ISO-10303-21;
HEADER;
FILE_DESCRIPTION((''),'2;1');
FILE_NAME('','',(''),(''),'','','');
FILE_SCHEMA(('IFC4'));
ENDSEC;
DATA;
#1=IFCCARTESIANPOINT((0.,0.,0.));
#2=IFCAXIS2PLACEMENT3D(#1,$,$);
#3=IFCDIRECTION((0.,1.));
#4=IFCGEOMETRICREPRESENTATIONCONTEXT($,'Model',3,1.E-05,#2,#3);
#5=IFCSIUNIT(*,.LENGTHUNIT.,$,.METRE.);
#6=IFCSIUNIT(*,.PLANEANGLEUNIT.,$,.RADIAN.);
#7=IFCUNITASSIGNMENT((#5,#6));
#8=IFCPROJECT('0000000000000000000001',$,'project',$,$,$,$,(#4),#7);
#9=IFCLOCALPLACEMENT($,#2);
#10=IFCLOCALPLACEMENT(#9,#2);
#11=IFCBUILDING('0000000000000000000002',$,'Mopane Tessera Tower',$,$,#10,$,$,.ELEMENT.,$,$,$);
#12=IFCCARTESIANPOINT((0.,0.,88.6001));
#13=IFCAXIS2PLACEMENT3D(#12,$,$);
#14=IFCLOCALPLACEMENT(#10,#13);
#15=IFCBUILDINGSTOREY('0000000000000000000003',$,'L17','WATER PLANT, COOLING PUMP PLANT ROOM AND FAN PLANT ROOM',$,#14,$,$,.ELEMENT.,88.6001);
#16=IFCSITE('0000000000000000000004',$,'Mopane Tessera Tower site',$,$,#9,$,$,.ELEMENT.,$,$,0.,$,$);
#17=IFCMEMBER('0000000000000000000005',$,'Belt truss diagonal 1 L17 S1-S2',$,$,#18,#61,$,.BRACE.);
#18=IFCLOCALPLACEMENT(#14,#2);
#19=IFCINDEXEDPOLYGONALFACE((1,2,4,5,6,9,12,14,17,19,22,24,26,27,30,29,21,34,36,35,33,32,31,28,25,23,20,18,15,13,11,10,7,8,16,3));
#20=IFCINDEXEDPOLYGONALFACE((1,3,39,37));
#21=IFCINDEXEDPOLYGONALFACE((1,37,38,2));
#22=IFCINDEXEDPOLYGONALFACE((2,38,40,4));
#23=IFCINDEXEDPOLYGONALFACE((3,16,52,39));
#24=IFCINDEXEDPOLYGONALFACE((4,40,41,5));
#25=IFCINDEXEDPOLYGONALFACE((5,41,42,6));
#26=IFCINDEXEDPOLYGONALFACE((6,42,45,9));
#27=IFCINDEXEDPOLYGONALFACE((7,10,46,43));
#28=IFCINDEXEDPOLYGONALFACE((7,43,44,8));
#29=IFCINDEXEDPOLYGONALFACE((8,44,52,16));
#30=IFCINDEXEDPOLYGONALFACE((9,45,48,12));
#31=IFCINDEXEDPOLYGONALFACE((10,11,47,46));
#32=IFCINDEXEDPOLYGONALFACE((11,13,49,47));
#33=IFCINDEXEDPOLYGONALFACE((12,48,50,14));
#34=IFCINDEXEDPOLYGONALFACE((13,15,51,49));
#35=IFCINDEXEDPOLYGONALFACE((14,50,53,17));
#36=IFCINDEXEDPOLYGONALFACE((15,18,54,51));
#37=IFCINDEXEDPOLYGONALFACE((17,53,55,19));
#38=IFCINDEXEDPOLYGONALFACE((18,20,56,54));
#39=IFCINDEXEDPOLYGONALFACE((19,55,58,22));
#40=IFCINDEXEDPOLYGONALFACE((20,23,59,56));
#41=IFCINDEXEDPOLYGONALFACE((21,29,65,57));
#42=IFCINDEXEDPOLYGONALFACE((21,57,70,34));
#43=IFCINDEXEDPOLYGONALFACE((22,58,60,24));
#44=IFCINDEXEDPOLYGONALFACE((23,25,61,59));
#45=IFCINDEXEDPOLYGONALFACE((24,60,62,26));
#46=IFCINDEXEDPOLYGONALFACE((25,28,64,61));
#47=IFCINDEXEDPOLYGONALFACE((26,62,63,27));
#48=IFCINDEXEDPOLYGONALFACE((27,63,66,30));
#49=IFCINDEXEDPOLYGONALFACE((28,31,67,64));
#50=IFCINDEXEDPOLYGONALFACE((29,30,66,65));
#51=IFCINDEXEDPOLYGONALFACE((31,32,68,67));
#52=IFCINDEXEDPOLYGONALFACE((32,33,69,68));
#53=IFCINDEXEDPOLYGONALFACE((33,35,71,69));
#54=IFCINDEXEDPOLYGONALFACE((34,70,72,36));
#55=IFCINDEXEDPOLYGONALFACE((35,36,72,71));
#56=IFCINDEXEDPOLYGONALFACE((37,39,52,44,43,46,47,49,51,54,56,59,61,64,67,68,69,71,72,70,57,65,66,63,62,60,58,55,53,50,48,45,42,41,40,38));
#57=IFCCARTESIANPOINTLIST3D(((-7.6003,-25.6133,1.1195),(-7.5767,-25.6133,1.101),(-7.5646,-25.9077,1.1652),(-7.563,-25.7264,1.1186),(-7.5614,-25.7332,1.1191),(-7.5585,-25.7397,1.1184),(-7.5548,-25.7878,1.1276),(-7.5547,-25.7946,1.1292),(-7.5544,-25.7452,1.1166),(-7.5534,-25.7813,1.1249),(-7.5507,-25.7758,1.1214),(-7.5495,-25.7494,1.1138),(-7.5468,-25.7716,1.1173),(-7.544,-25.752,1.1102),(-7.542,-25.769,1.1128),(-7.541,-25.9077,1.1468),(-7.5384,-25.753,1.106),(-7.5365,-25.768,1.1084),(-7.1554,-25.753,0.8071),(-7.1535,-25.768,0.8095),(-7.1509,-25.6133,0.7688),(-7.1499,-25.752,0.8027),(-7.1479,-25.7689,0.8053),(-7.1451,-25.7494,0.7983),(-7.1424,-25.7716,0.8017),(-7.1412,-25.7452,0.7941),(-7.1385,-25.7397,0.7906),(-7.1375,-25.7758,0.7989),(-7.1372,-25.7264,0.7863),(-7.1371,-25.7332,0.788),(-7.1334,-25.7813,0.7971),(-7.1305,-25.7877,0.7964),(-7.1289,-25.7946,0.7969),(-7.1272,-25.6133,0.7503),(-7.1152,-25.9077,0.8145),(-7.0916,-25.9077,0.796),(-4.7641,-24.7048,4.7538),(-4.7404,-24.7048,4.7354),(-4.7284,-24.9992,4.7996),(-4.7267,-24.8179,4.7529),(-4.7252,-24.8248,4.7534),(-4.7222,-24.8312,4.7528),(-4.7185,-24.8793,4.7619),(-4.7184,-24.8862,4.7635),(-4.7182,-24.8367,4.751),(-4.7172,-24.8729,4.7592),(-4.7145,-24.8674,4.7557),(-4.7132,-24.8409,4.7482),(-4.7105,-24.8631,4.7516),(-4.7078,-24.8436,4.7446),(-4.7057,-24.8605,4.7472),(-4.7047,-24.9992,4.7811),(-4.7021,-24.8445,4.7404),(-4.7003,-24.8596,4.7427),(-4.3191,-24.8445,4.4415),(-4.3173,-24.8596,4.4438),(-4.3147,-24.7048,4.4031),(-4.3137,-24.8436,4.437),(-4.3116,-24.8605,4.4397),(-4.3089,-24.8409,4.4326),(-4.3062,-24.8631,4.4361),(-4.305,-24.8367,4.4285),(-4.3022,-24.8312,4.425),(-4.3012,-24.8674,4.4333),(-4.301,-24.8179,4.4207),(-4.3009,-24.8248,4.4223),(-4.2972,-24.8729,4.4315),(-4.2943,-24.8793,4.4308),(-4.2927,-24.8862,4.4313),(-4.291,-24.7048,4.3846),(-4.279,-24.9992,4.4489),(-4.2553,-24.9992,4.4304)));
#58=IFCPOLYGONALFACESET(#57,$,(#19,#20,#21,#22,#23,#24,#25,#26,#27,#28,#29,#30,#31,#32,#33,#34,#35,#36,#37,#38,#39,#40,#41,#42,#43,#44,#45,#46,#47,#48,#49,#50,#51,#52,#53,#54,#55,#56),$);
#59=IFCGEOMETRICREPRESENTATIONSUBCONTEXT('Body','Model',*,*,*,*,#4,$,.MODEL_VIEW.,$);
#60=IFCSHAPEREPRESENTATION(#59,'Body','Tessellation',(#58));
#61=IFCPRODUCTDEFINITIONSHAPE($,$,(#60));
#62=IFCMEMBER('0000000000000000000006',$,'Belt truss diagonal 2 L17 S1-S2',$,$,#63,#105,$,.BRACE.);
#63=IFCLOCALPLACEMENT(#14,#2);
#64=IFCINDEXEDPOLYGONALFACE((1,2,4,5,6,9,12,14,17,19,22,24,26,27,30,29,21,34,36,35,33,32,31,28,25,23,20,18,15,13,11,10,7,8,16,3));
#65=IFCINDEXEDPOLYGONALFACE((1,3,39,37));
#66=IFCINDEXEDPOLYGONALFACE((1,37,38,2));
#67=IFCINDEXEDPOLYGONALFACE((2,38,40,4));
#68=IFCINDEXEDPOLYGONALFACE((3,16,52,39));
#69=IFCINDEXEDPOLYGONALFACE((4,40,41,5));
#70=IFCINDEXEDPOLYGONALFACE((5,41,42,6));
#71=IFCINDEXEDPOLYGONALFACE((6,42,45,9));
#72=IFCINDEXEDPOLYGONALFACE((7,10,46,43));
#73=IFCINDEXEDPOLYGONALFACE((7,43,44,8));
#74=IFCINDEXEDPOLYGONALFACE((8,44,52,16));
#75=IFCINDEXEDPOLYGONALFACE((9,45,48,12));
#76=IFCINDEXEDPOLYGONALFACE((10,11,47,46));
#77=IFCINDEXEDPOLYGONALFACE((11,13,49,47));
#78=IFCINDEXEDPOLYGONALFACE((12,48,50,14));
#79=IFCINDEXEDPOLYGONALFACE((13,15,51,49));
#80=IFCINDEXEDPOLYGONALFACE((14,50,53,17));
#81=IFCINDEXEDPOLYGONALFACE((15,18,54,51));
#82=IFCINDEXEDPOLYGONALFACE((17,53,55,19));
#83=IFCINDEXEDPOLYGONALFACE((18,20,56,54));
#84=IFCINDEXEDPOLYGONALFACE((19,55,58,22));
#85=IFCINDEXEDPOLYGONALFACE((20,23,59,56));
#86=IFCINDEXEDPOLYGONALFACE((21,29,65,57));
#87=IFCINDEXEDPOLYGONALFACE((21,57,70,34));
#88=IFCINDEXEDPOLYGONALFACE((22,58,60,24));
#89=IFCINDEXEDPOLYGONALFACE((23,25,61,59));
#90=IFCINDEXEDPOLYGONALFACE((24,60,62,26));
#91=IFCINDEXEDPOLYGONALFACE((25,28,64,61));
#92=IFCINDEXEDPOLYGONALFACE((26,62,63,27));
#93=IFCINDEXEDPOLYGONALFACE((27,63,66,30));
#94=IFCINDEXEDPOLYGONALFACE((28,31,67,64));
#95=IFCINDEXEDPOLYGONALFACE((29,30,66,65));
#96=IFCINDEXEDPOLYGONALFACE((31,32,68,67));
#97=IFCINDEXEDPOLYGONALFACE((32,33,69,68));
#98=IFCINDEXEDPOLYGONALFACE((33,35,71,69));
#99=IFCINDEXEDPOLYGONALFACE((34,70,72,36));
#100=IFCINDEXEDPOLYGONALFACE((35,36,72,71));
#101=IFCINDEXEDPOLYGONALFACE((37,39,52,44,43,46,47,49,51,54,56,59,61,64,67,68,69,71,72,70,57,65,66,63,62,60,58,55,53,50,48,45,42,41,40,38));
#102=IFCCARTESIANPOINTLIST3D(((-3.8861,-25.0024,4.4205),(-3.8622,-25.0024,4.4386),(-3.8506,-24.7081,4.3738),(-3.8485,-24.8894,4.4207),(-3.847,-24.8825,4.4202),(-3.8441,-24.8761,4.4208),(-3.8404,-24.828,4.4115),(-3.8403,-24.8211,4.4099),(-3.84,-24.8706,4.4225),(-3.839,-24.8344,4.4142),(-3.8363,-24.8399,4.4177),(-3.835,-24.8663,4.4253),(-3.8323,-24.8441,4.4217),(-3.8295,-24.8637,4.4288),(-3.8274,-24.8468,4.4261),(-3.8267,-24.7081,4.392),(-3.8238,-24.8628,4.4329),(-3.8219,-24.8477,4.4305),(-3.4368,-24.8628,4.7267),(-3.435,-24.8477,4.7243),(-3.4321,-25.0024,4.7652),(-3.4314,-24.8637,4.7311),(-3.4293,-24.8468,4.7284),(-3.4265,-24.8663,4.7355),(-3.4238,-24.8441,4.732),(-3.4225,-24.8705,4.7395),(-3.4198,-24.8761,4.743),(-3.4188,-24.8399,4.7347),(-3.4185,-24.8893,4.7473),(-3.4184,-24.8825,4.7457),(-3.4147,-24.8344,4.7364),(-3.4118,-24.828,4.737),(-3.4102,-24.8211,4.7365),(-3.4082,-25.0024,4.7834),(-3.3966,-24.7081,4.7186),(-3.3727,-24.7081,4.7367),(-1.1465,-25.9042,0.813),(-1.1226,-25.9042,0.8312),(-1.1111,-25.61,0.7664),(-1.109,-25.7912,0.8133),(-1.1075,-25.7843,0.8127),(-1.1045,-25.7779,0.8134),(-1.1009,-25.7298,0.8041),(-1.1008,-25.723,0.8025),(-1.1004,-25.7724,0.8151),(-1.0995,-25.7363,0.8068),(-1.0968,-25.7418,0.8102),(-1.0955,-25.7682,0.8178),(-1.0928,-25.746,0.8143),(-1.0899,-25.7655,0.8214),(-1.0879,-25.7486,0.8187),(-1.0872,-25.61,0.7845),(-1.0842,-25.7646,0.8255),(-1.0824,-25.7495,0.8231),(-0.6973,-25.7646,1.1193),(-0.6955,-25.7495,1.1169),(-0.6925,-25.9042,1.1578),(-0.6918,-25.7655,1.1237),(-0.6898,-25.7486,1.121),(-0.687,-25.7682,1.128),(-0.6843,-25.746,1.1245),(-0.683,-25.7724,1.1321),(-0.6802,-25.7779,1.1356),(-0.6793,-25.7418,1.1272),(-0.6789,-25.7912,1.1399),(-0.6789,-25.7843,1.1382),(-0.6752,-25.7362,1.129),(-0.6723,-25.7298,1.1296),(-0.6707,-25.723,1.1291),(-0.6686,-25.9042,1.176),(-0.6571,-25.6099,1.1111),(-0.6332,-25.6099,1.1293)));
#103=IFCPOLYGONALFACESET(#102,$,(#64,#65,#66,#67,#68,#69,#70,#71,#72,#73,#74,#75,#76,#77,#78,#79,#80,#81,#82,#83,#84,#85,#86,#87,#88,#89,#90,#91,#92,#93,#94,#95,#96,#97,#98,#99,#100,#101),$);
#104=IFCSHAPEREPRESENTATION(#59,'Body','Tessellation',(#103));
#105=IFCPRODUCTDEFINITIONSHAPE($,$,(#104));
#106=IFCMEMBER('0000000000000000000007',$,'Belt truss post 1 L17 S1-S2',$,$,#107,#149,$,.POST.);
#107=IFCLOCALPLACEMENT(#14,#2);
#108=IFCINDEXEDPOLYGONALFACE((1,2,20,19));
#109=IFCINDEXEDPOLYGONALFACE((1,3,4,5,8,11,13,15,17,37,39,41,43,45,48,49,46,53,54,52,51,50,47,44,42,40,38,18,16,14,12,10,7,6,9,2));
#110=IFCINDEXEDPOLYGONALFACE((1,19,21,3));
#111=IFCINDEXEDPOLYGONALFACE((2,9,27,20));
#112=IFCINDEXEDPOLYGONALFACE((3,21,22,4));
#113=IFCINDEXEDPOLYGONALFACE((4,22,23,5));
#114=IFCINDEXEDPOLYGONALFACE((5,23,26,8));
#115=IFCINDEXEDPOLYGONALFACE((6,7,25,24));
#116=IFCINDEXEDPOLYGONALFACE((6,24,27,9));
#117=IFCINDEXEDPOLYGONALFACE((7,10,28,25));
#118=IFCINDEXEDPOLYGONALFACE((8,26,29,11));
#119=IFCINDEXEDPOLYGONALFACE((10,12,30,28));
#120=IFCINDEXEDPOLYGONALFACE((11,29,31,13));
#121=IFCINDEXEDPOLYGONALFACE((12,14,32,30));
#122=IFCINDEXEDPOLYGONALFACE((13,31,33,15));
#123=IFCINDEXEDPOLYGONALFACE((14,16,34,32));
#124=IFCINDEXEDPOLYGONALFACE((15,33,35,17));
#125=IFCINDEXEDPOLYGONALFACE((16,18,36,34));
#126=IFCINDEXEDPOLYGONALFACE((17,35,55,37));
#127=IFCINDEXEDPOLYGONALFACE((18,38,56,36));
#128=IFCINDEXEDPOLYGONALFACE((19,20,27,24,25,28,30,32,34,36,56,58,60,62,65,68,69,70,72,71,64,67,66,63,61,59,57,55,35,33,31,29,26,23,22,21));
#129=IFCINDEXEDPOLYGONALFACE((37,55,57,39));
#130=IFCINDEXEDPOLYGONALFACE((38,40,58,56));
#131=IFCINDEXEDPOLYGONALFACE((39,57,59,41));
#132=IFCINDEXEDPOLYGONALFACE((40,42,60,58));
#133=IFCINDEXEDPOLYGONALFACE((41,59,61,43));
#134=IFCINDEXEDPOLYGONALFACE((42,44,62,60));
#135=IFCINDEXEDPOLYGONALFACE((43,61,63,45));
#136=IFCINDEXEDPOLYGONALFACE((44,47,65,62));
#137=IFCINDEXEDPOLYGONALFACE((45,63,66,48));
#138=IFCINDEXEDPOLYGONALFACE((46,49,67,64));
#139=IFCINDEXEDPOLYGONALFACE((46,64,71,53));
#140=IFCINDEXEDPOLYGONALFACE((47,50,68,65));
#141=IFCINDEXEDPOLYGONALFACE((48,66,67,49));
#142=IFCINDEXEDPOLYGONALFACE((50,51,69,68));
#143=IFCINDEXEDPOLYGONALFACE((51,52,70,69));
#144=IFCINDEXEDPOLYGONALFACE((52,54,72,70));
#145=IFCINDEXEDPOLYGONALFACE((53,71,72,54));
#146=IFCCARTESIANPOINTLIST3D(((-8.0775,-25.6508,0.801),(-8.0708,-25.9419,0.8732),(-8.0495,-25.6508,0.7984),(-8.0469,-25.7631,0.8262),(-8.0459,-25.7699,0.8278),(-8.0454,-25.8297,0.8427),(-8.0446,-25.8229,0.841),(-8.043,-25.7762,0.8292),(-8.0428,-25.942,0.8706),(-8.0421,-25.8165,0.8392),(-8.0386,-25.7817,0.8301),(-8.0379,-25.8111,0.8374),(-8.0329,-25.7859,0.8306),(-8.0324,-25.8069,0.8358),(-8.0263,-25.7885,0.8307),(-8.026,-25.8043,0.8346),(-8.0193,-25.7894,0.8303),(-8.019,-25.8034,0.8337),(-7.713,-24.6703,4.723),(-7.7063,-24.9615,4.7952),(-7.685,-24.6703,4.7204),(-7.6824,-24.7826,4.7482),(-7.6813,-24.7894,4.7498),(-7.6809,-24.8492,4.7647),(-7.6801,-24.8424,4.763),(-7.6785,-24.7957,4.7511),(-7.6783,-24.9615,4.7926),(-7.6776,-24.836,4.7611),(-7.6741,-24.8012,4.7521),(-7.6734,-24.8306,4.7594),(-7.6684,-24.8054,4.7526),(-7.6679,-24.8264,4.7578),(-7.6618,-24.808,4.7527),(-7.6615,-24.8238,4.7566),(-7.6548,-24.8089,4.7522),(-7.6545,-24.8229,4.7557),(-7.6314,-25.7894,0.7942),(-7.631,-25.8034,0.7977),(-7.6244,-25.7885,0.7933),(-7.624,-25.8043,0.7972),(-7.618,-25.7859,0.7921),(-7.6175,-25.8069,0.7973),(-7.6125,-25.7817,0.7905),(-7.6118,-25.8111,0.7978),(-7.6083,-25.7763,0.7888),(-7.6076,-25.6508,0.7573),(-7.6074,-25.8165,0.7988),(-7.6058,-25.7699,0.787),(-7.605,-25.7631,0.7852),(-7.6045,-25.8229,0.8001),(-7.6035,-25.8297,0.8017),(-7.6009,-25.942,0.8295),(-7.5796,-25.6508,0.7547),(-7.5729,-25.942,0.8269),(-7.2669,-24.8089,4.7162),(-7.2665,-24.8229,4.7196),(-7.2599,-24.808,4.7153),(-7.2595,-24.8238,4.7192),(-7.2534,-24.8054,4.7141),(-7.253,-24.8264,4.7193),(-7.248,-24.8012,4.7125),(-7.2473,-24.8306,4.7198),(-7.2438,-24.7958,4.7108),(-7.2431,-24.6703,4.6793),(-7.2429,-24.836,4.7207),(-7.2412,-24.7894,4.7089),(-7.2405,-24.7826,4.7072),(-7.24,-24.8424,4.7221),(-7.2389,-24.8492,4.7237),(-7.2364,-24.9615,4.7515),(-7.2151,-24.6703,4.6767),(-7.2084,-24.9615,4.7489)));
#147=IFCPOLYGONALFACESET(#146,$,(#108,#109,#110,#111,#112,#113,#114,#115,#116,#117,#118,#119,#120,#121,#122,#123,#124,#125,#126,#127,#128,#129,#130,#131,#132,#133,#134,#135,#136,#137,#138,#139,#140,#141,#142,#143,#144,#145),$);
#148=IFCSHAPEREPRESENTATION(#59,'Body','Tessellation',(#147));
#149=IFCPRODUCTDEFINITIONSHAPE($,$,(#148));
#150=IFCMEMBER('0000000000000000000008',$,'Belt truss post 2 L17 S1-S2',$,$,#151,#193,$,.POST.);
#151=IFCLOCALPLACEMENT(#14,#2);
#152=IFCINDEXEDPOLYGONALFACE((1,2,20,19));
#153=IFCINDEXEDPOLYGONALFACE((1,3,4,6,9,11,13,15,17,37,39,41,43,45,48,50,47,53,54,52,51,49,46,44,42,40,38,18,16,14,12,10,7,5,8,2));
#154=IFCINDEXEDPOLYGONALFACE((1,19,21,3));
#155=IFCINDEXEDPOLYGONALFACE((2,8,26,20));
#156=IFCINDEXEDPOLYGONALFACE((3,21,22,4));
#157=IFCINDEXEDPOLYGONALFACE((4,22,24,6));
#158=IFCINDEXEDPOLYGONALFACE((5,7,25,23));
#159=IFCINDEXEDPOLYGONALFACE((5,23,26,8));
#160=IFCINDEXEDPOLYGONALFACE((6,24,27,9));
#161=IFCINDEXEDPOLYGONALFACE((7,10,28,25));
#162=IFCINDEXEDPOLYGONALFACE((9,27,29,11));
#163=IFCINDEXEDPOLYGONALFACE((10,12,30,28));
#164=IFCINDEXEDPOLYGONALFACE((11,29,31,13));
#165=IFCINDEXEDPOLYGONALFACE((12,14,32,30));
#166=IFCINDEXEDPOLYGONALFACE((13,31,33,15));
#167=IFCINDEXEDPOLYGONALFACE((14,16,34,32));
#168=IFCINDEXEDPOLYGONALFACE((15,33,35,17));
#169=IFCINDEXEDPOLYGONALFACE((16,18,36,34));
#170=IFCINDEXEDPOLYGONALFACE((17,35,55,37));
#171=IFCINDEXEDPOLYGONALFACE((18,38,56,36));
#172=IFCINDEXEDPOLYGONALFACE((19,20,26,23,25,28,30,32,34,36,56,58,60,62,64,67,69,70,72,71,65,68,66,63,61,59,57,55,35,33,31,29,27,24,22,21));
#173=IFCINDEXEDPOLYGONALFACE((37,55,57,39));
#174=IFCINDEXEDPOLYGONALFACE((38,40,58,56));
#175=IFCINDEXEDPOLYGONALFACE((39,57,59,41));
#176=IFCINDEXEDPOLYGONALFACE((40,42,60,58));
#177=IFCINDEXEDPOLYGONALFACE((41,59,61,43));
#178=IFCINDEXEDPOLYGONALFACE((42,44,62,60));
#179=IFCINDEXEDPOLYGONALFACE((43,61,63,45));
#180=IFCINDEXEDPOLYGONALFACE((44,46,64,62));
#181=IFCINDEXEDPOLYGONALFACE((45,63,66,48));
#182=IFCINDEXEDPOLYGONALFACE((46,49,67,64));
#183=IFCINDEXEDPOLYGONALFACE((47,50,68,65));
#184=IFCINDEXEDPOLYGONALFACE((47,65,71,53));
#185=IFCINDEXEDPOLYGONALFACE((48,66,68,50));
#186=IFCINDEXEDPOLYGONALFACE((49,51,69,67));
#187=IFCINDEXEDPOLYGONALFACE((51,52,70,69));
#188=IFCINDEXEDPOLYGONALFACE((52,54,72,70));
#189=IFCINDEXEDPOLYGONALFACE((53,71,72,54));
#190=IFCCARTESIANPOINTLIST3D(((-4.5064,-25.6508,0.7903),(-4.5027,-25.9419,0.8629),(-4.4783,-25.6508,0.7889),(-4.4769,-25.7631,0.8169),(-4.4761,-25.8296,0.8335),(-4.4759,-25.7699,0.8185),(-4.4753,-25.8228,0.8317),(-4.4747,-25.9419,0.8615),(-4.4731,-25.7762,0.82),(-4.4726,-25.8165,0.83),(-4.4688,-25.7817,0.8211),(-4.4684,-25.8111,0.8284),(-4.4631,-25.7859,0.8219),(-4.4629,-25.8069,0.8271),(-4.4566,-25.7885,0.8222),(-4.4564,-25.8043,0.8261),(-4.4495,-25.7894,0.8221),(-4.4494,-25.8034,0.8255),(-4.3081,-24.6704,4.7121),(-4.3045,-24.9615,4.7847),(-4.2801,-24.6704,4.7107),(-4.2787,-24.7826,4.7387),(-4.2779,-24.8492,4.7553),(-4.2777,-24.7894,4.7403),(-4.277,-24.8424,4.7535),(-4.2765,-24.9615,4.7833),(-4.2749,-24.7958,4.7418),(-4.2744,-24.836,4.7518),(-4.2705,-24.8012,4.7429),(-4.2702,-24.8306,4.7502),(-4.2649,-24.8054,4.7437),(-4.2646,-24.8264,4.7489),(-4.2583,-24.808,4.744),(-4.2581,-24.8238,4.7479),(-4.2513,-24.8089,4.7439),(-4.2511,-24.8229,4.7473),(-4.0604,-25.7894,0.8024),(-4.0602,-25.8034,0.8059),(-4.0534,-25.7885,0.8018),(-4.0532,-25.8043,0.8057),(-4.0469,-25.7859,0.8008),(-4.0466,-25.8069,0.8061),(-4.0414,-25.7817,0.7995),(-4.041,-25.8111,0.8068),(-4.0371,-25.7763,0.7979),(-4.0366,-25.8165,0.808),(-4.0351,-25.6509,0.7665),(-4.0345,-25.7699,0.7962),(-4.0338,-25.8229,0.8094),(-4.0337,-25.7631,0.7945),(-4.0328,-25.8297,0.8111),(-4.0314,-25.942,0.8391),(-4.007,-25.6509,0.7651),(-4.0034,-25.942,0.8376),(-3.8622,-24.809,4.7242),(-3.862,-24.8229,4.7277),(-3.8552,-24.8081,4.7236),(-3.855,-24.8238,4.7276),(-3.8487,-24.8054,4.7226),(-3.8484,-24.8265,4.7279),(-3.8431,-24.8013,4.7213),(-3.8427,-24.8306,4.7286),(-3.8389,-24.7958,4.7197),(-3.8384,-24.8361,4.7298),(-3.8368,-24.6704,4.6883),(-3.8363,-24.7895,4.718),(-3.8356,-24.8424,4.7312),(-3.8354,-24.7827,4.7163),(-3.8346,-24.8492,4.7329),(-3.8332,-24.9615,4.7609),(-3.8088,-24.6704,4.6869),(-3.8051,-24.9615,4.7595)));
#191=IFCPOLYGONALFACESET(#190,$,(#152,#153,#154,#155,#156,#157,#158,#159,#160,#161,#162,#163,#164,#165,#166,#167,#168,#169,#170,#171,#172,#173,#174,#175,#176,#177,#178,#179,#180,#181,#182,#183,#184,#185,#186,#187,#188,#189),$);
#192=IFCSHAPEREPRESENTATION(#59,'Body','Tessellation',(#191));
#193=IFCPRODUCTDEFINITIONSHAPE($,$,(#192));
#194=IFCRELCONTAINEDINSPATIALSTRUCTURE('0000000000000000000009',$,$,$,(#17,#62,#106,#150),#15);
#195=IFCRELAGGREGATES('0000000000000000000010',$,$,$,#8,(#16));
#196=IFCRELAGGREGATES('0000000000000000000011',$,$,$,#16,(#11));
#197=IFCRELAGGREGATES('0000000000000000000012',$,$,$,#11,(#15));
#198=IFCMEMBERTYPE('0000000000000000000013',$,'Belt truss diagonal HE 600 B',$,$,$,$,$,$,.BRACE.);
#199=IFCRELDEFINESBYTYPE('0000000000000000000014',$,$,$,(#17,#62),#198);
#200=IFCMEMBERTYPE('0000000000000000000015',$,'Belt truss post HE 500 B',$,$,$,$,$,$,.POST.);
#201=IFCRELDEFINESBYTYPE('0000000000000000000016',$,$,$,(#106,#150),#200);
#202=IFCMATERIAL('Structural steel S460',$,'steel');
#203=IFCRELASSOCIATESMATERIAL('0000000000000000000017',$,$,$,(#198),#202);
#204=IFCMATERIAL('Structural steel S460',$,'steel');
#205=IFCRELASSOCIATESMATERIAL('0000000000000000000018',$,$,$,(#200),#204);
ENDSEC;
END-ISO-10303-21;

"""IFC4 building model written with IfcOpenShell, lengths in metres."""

from ifc_helpers import new_model, si_unit, direction, frame, origin, origin_2d, place, context, subcontext, project, spatial, i_section, extrude, material, material_profile, profile_set, type_object, element, save


model = new_model("IFC4")

# Units and contexts
model_context = context("Model", 3, precision=1e-05, world=origin(), true_north=direction((0.0, 1.0)))
body_context = subcontext(model_context, "Body", "Model", "MODEL_VIEW")
ifc_project = project(units=[si_unit("LENGTHUNIT", "METRE"), si_unit("PLANEANGLEUNIT", "RADIAN")], contexts=[model_context])

# Site, building, storey
site_placement = place(None, origin())
site = spatial("IfcSite", under=ifc_project, at=site_placement, Name="Mopane Tessera Tower site", CompositionType="ELEMENT", RefElevation=0.0)
building_placement = place(site_placement, origin())
building = spatial("IfcBuilding", under=site, at=building_placement, Name="Mopane Tessera Tower", CompositionType="ELEMENT")
storey_placement = place(building_placement, frame((0.0, 0.0, 88.6001)))
storey = spatial("IfcBuildingStorey", under=building, at=storey_placement, Name="L17", Description="WATER PLANT, COOLING PUMP PLANT ROOM AND FAN PLANT ROOM", CompositionType="ELEMENT", Elevation=88.6001)

# Members
ifc_material_1 = material(Name="Structural steel S460", Category="steel")
ifc_material_profile_1 = material_profile(ifc_material_1, i_section(OverallWidth=0.3, OverallDepth=0.6001, WebThickness=0.0154, FlangeThickness=0.03, FilletRadius=0.0271, at=origin_2d()))
ifc_profile_set_1 = profile_set([ifc_material_profile_1], Name="Structural steel S460")
member_type_1 = type_object("IfcMemberType", Name="Belt truss diagonal HE 600 B", PredefinedType="BRACE", material=ifc_profile_set_1)
member_1_placement = place(storey_placement, frame((-7.3459, -25.7605, 0.9578), z_axis=(0.603618, 0.193343, 0.773475), x_axis=(-0.118954, 0.981131, -0.152418)))
element("IfcMember", 1, at=member_1_placement, inside=storey, type_object=member_type_1, Name="Belt truss diagonal 1 L17 S1-S2", PredefinedType="BRACE", context=body_context, shape_type="SweptSolid", body=[
    extrude(i_section(OverallWidth=0.3, OverallDepth=0.6001, WebThickness=0.0154, FlangeThickness=0.03, FilletRadius=0.0271, at=origin_2d()), origin(), (0.0, 0.0, 1.0), 4.6987),
])
member_2_placement = place(storey_placement, frame((-3.6294, -24.8552, 4.5786), z_axis=(0.593142, -0.195265, -0.78106), x_axis=(0.118077, 0.980751, -0.155519)))
element("IfcMember", 2, at=member_2_placement, inside=storey, type_object=member_type_1, Name="Belt truss diagonal 2 L17 S1-S2", PredefinedType="BRACE", context=body_context, shape_type="SweptSolid", body=[
    extrude(i_section(OverallWidth=0.3, OverallDepth=0.6001, WebThickness=0.0154, FlangeThickness=0.03, FilletRadius=0.0271, at=origin_2d()), origin(), (0.0, 0.0, 1.0), 4.6187),
])
ifc_material_2 = material(Name="Structural steel S460", Category="steel")
ifc_material_profile_2 = material_profile(ifc_material_2, i_section(OverallWidth=0.3, OverallDepth=0.5, WebThickness=0.0144, FlangeThickness=0.0281, FilletRadius=0.0271, at=origin_2d()))
ifc_profile_set_2 = profile_set([ifc_material_profile_2], Name="Structural steel S460")
member_type_2 = type_object("IfcMemberType", Name="Belt truss post HE 500 B", PredefinedType="POST", material=ifc_profile_set_2)
member_3_placement = place(storey_placement, frame((-7.8252, -25.7964, 0.814), z_axis=(0.089801, 0.241556, 0.966223), x_axis=(-0.022278, 0.970387, -0.240526)))
element("IfcMember", 3, at=member_3_placement, inside=storey, type_object=member_type_2, Name="Belt truss post 1 L17 S1-S2", PredefinedType="POST", context=body_context, shape_type="SweptSolid", body=[
    extrude(i_section(OverallWidth=0.3, OverallDepth=0.5, WebThickness=0.0144, FlangeThickness=0.0281, FilletRadius=0.0271, at=origin_2d()), origin(), (0.0, 0.0, 1.0), 4.0591),
])
member_4_placement = place(storey_placement, frame((-4.2549, -25.7964, 0.814), z_axis=(0.04898, 0.242245, 0.968978), x_axis=(-0.012139, 0.970215, -0.24194)))
element("IfcMember", 4, at=member_4_placement, inside=storey, type_object=member_type_2, Name="Belt truss post 2 L17 S1-S2", PredefinedType="POST", context=body_context, shape_type="SweptSolid", body=[
    extrude(i_section(OverallWidth=0.3, OverallDepth=0.5, WebThickness=0.0144, FlangeThickness=0.0281, FilletRadius=0.0271, at=origin_2d()), origin(), (0.0, 0.0, 1.0), 4.0474),
])

save(model, "model.ifc")
